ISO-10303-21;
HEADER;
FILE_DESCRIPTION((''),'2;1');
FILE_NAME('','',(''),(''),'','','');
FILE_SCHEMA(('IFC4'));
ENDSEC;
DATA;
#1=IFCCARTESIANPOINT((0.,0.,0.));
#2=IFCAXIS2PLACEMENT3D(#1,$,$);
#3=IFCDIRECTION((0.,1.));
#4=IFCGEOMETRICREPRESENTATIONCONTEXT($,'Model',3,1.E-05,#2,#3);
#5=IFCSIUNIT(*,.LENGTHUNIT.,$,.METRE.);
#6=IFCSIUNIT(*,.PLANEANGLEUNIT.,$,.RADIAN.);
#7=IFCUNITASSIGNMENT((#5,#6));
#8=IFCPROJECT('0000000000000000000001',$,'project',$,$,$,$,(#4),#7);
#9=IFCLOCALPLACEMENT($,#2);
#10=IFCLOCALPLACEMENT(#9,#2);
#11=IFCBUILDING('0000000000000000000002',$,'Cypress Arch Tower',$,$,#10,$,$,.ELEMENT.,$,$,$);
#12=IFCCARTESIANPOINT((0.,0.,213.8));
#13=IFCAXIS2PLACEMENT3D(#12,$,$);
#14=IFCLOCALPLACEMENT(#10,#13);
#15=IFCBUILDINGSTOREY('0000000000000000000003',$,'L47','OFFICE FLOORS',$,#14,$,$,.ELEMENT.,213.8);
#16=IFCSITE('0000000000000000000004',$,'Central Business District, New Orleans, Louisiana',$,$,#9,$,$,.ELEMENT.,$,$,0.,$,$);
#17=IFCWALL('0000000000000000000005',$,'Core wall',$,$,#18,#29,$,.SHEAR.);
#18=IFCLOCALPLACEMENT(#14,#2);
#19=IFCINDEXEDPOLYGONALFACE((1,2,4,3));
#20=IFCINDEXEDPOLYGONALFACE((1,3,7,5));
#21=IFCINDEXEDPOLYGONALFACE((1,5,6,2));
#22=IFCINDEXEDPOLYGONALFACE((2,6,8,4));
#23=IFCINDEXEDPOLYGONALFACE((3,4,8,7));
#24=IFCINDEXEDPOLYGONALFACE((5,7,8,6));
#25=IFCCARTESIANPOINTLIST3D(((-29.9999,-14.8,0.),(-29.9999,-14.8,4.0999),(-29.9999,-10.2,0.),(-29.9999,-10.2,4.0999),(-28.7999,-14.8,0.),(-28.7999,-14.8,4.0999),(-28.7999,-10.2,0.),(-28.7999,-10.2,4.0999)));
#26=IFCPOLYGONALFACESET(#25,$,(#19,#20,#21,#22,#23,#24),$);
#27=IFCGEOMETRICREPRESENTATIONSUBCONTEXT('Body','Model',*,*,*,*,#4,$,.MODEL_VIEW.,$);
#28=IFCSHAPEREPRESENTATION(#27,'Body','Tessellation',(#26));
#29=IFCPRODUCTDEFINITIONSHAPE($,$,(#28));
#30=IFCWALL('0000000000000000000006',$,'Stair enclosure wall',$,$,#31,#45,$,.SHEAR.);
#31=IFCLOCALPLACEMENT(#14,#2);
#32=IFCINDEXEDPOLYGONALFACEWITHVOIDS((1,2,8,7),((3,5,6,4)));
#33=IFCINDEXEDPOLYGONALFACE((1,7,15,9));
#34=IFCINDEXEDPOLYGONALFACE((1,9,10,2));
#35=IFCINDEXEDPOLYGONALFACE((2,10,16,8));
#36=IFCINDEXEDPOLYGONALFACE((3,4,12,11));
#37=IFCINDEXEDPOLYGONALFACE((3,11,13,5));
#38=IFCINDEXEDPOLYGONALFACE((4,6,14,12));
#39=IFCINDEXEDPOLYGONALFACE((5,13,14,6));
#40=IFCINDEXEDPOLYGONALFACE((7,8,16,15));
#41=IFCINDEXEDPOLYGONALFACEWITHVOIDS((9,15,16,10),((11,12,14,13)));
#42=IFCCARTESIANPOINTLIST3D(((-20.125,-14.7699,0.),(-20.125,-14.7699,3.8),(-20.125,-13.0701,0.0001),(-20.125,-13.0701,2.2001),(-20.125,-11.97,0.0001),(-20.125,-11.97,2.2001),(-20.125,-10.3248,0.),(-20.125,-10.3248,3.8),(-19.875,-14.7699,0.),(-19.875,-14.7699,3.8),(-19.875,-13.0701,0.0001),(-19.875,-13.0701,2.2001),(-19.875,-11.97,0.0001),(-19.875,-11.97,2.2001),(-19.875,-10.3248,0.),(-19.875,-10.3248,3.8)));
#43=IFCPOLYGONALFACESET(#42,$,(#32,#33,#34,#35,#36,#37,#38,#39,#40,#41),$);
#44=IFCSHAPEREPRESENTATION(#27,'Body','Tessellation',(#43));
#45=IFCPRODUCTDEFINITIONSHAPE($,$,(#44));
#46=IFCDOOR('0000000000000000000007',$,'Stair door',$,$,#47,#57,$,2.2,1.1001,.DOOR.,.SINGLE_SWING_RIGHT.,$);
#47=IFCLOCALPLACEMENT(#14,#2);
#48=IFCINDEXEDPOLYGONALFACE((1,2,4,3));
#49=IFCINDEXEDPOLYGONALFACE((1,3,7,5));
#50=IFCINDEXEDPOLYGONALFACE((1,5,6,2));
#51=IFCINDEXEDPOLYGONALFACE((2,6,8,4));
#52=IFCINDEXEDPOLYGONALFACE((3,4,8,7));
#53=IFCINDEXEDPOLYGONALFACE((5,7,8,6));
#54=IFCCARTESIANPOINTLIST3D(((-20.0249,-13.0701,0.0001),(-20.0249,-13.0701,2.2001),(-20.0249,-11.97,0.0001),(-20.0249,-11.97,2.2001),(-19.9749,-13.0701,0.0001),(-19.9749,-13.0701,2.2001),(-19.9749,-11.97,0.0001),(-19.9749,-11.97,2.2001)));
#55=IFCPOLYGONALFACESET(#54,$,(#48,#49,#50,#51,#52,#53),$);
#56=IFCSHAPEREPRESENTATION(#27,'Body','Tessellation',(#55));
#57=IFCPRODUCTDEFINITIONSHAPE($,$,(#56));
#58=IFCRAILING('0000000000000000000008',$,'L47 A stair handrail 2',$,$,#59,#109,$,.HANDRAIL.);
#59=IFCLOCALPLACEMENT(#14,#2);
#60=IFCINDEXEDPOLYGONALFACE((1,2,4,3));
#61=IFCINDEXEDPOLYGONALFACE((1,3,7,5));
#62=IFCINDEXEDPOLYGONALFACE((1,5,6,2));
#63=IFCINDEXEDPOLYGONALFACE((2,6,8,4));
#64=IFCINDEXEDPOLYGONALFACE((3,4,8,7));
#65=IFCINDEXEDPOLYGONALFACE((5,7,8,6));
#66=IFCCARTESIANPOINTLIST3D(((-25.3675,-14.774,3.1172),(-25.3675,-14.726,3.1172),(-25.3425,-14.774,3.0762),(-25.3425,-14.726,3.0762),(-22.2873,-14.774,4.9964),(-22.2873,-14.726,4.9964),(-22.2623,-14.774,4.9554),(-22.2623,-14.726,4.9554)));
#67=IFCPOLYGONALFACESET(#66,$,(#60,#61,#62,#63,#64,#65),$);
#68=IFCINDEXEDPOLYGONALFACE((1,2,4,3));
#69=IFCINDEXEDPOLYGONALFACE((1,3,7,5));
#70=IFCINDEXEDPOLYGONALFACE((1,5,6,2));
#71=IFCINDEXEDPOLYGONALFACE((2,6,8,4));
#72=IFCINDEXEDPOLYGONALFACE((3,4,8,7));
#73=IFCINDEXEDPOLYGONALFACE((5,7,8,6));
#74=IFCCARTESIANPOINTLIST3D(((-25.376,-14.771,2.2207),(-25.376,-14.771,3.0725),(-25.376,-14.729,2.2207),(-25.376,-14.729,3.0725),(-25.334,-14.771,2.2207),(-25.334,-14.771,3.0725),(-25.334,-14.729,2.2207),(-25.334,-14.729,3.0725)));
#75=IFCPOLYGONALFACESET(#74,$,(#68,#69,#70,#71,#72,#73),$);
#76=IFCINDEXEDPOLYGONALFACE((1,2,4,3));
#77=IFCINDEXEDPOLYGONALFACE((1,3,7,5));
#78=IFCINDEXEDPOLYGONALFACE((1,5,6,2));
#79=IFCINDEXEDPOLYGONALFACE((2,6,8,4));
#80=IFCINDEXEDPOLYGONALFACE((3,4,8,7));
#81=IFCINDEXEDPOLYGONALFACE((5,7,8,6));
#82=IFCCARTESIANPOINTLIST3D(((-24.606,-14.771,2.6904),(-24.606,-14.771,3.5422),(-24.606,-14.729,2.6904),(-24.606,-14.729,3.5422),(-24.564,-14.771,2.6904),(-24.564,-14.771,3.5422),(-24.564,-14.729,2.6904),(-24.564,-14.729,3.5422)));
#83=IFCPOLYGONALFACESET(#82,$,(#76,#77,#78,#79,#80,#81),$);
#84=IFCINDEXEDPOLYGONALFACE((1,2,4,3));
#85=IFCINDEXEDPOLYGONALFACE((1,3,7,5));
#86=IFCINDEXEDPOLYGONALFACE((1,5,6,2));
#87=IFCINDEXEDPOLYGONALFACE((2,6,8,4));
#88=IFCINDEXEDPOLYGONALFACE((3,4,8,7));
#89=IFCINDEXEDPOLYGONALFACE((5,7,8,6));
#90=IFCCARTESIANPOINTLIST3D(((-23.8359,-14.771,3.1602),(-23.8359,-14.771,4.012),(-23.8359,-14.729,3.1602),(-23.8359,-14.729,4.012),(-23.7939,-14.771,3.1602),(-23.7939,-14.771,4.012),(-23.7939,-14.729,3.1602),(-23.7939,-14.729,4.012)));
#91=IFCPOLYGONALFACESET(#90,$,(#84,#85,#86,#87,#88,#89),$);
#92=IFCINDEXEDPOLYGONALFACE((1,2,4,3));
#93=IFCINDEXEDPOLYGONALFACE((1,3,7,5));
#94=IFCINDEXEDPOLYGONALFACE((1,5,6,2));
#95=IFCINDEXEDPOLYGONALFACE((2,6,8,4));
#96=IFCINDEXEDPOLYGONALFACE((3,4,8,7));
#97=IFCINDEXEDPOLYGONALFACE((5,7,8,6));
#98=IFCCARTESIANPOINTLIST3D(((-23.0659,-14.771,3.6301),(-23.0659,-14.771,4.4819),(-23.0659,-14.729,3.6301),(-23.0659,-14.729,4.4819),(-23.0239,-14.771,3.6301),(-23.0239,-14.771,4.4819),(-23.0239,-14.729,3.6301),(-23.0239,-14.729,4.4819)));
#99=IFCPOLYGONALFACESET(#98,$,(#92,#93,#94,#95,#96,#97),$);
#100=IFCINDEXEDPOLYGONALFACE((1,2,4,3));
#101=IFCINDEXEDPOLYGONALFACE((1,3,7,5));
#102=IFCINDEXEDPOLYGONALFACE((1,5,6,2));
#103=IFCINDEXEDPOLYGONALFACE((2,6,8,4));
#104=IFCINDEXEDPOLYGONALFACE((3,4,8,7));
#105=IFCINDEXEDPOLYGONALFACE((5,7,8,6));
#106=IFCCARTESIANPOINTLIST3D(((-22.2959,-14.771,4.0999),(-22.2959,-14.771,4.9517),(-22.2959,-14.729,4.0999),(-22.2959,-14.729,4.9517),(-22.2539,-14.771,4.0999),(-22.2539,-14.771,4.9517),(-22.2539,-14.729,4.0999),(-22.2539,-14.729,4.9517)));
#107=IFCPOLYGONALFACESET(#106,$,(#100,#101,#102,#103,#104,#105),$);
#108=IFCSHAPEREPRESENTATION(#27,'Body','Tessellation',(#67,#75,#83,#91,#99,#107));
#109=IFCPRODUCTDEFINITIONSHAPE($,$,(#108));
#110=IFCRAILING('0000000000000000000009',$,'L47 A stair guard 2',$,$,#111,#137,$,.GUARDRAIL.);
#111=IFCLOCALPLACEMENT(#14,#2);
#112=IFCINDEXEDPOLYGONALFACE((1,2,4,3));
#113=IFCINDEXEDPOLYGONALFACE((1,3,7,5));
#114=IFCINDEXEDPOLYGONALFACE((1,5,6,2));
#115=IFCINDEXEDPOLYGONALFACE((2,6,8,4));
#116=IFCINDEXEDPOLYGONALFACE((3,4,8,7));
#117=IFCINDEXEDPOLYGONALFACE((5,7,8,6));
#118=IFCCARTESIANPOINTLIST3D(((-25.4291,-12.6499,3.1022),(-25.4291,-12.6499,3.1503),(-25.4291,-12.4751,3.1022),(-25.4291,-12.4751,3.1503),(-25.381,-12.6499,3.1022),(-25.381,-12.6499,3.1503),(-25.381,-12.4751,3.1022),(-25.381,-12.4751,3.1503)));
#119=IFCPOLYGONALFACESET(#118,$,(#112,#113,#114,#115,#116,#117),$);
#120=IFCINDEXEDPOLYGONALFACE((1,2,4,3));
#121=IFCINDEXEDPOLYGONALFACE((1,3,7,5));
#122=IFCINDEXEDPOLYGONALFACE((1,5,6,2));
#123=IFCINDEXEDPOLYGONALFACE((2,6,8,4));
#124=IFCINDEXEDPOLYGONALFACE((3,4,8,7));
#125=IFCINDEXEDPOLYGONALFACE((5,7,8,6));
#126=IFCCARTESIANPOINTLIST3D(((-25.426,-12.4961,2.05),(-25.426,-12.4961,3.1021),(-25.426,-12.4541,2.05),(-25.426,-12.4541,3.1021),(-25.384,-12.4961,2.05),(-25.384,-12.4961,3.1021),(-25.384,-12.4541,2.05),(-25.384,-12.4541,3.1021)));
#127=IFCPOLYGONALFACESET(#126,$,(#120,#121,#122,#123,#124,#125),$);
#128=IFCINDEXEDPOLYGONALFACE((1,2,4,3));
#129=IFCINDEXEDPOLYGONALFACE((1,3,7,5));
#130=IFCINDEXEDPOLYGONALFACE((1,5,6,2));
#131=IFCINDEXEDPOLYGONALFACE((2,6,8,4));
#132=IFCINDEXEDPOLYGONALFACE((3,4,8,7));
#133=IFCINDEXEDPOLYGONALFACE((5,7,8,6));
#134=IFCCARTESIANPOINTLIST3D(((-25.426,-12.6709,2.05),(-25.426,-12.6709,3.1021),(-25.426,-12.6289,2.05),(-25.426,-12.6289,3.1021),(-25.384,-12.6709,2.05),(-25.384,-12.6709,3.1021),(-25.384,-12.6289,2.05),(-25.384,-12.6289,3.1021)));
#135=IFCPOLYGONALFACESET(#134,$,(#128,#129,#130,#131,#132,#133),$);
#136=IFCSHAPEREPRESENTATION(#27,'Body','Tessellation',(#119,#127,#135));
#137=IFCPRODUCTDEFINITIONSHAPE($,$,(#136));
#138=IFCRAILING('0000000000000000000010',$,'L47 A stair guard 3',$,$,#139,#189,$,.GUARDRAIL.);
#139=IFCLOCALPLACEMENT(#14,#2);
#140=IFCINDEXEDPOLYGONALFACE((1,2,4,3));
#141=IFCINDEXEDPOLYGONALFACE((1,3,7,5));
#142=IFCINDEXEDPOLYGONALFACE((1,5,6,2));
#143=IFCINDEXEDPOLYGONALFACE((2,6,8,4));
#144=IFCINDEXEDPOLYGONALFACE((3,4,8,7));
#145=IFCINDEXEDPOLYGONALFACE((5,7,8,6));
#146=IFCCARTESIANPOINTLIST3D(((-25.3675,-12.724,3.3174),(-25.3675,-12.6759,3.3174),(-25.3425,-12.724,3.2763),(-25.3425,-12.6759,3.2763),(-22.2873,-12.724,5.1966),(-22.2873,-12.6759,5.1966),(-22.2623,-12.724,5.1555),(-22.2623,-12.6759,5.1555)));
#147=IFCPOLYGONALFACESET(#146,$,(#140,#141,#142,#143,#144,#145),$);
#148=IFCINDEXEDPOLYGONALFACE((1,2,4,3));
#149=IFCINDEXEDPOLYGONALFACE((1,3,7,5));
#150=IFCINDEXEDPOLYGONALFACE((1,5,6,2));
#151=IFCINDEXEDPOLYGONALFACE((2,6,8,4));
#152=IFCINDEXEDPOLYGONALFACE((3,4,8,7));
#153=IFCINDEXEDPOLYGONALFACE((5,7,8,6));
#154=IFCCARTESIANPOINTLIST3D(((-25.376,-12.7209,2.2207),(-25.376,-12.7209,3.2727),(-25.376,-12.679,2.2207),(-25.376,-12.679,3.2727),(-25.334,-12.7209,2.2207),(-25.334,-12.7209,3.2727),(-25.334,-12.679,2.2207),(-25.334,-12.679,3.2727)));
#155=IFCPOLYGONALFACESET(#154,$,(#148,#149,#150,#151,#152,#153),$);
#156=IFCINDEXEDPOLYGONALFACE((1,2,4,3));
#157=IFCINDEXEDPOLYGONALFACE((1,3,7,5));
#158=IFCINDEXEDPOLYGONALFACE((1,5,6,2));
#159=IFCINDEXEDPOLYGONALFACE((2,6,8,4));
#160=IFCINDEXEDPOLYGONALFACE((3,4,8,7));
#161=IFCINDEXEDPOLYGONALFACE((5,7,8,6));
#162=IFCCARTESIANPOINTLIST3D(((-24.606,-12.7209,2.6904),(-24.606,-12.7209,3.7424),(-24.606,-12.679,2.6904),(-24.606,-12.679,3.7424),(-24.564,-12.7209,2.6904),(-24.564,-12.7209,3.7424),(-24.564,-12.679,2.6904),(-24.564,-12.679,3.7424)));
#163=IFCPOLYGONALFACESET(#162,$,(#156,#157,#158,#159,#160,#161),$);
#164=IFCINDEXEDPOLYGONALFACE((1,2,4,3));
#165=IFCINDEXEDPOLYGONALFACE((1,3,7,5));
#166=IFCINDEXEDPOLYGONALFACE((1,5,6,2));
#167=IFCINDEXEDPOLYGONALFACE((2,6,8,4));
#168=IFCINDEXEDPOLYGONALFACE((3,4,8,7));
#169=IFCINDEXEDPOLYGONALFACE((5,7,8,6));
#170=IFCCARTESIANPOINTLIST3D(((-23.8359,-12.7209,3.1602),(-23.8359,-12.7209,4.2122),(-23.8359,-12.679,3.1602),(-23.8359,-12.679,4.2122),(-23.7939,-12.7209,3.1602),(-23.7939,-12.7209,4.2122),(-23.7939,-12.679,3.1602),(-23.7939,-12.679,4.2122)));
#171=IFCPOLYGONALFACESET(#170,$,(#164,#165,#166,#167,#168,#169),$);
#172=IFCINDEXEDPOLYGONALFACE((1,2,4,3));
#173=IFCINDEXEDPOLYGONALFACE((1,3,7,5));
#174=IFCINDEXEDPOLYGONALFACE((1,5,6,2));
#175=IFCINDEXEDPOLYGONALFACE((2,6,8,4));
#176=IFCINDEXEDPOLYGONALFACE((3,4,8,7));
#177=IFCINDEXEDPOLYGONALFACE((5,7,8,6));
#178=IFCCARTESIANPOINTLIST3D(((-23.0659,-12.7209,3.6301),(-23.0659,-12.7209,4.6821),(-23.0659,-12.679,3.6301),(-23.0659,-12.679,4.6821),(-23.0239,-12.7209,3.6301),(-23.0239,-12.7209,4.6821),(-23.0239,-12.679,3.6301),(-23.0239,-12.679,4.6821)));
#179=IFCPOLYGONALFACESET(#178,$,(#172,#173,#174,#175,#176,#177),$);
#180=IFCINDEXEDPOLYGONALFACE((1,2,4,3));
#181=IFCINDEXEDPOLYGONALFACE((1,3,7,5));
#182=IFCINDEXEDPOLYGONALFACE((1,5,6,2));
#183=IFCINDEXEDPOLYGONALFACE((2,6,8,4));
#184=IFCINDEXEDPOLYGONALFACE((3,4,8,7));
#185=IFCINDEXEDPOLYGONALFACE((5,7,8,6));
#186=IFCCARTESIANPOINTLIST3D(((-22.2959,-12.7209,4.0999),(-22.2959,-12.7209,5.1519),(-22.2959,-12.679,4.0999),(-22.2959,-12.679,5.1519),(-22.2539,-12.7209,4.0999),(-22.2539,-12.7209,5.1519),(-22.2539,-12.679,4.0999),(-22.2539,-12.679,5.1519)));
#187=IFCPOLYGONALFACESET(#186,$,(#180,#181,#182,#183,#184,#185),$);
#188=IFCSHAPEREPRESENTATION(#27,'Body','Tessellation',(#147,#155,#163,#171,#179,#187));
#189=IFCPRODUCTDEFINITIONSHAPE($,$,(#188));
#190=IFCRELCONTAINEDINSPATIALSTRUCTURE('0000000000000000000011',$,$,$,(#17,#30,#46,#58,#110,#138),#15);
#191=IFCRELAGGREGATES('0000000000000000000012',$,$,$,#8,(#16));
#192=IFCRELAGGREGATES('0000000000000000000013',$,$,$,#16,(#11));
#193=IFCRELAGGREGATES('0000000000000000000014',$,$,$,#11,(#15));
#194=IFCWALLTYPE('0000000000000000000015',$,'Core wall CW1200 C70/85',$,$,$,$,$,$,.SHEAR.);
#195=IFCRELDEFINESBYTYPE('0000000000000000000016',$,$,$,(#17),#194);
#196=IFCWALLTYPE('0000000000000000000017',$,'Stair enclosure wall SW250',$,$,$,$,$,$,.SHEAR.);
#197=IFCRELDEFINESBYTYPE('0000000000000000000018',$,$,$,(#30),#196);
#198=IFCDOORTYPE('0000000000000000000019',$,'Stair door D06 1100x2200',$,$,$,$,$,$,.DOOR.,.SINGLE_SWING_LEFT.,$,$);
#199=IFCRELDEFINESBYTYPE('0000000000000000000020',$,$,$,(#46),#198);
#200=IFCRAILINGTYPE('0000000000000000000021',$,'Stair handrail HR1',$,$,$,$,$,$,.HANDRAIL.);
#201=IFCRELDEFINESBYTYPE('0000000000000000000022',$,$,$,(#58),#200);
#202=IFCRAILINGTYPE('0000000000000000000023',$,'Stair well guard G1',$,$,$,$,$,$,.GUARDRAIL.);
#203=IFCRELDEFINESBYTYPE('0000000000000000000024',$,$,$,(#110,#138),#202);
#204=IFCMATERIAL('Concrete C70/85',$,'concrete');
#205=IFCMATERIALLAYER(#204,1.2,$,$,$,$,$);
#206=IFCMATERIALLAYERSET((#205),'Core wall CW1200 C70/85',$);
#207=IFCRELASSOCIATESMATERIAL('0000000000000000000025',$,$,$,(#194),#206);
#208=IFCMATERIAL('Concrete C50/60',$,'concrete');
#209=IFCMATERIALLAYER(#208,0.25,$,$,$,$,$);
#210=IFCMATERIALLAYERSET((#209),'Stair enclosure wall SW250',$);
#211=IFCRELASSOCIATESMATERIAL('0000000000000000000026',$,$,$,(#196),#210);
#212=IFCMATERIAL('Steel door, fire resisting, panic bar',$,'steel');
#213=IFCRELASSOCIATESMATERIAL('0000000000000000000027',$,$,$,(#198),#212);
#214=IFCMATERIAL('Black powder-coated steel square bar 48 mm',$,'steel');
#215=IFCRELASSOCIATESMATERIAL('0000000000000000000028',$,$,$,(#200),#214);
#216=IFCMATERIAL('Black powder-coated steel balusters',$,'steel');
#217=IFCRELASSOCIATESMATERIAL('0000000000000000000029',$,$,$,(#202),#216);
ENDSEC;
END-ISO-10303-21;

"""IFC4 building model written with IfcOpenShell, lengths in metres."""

from ifc_helpers import new_model, si_unit, direction, frame, frame_2d, origin, origin_2d, place, context, subcontext, project, spatial, rectangle, extrude, material, layer, layer_set, type_object, element, fill, save


model = new_model("IFC4")

# Units and contexts
model_context = context("Model", 3, precision=1e-05, world=origin(), true_north=direction((0.0, 1.0)))
body_context = subcontext(model_context, "Body", "Model", "MODEL_VIEW")
ifc_project = project(units=[si_unit("LENGTHUNIT", "METRE"), si_unit("PLANEANGLEUNIT", "RADIAN")], contexts=[model_context])

# Site, building, storey
site_placement = place(None, origin())
site = spatial("IfcSite", under=ifc_project, at=site_placement, Name="Central Business District, New Orleans, Louisiana", CompositionType="ELEMENT", RefElevation=0.0)
building_placement = place(site_placement, origin())
building = spatial("IfcBuilding", under=site, at=building_placement, Name="Cypress Arch Tower", CompositionType="ELEMENT")
storey_placement = place(building_placement, frame((0.0, 0.0, 213.8)))
storey = spatial("IfcBuildingStorey", under=building, at=storey_placement, Name="L47", Description="OFFICE FLOORS", CompositionType="ELEMENT", Elevation=213.8)

# Wall
ifc_material_1 = material(Name="Concrete C70/85", Category="concrete")
ifc_layer_1 = layer(ifc_material_1, 1.2)
ifc_layer_set_1 = layer_set([ifc_layer_1], Name="Core wall CW1200 C70/85")
wall_type_1 = type_object("IfcWallType", Name="Core wall CW1200 C70/85", PredefinedType="SHEAR", material=ifc_layer_set_1)
wall_1_placement = place(storey_placement, frame((-29.3999, -14.8, 0.0), z_axis=(0.0, 0.0, 1.0), x_axis=(0.0, 1.0, 0.0)))
element("IfcWall", 1, at=wall_1_placement, inside=storey, type_object=wall_type_1, Name="Core wall", PredefinedType="SHEAR", context=body_context, shape_type="SweptSolid", body=[
    extrude(rectangle(XDim=4.6001, YDim=1.2, at=frame_2d((2.3, 0.0))), origin(), (0.0, 0.0, 1.0), 4.0999),
])

# Wall, opening, door
ifc_material_2 = material(Name="Concrete C50/60", Category="concrete")
ifc_layer_2 = layer(ifc_material_2, 0.25)
ifc_layer_set_2 = layer_set([ifc_layer_2], Name="Stair enclosure wall SW250")
wall_type_2 = type_object("IfcWallType", Name="Stair enclosure wall SW250", PredefinedType="SHEAR", material=ifc_layer_set_2)
wall_2_placement = place(storey_placement, frame((-20.0, -14.77, 0.0), z_axis=(0.0, 0.0, 1.0), x_axis=(0.0, 1.0, 0.0)))
wall_2 = element("IfcWall", 2, at=wall_2_placement, inside=storey, type_object=wall_type_2, Name="Stair enclosure wall", PredefinedType="SHEAR", context=body_context, shape_type="SweptSolid", body=[
    extrude(rectangle(XDim=4.4451, YDim=0.25, at=frame_2d((2.2227, 0.0))), origin(), (0.0, 0.0, 1.0), 3.8),
])
opening_1_placement = place(wall_2_placement, frame((1.7, 0.0, 0.0)))
opening_1 = element("IfcOpeningElement", 3, at=opening_1_placement, cuts=wall_2, PredefinedType="OPENING", context=body_context, shape_type="SweptSolid", body=[
    extrude(rectangle(XDim=1.1001, YDim=2.2, at=frame_2d((0.55, 1.1001))), frame((0.0, 0.135, 0.0), z_axis=(0.0, -1.0, 0.0), x_axis=(1.0, 0.0, 0.0)), (0.0, 0.0, 1.0), 0.27),
])
ifc_material_3 = material(Name="Steel door, fire resisting, panic bar", Category="steel")
door_type = type_object("IfcDoorType", Name="Stair door D06 1100x2200", OperationType="SINGLE_SWING_LEFT", PredefinedType="DOOR", material=ifc_material_3)
door_placement = place(opening_1_placement, origin())
door = element("IfcDoor", 4, at=door_placement, inside=storey, type_object=door_type, Name="Stair door", OperationType="SINGLE_SWING_RIGHT", OverallHeight=2.2, OverallWidth=1.1001, PredefinedType="DOOR", context=body_context, shape_type="SweptSolid", body=[
    extrude(rectangle(XDim=1.1001, YDim=2.2, at=frame_2d((0.55, 1.1001))), frame((0.0, 0.0249, 0.0), z_axis=(0.0, -1.0, 0.0), x_axis=(1.0, 0.0, 0.0)), (0.0, 0.0, 1.0), 0.05),
])
fill(opening_1, door)

# Railings
ifc_material_4 = material(Name="Black powder-coated steel square bar 48 mm", Category="steel")
railing_type_1 = type_object("IfcRailingType", Name="Stair handrail HR1", PredefinedType="HANDRAIL", material=ifc_material_4)
railing_1_placement = place(storey_placement, frame((-25.355, -14.75, 2.2207)))
element("IfcRailing", 5, at=railing_1_placement, inside=storey, type_object=railing_type_1, Name="L47 A stair handrail 2", PredefinedType="HANDRAIL", context=body_context, shape_type="SweptSolid", body=[
    extrude(rectangle(XDim=0.0481, YDim=0.0481, at=origin_2d()), frame((0.0, 0.0, 0.876), z_axis=(0.853666, 0.0, 0.52082), x_axis=(0.0, 1.0, 0.0)), (0.0, 0.0, 1.0), 3.6082),
    extrude(rectangle(XDim=0.042, YDim=0.042, at=origin_2d()), origin(), (0.0, 0.0, 1.0), 0.8518),
    extrude(rectangle(XDim=0.042, YDim=0.042, at=origin_2d()), frame((0.77, 0.0, 0.4697)), (0.0, 0.0, 1.0), 0.8518),
    extrude(rectangle(XDim=0.042, YDim=0.042, at=origin_2d()), frame((1.54, 0.0, 0.9395)), (0.0, 0.0, 1.0), 0.8518),
    extrude(rectangle(XDim=0.042, YDim=0.042, at=origin_2d()), frame((2.3101, 0.0, 1.4094)), (0.0, 0.0, 1.0), 0.8518),
    extrude(rectangle(XDim=0.042, YDim=0.042, at=origin_2d()), frame((3.0801, 0.0, 1.8792)), (0.0, 0.0, 1.0), 0.8518),
])
ifc_material_5 = material(Name="Black powder-coated steel balusters", Category="steel")
railing_type_2 = type_object("IfcRailingType", Name="Stair well guard G1", PredefinedType="GUARDRAIL", material=ifc_material_5)
railing_2_placement = place(storey_placement, frame((-25.405, -12.4751, 2.05)))
element("IfcRailing", 6, at=railing_2_placement, inside=storey, type_object=railing_type_2, Name="L47 A stair guard 2", PredefinedType="GUARDRAIL", context=body_context, shape_type="SweptSolid", body=[
    extrude(rectangle(XDim=0.0481, YDim=0.0481, at=origin_2d()), frame((0.0, 0.0, 1.0762), z_axis=(0.0, -1.0, 0.0), x_axis=(1.0, 0.0, 0.0)), (0.0, 0.0, 1.0), 0.1748),
    extrude(rectangle(XDim=0.042, YDim=0.042, at=origin_2d()), origin(), (0.0, 0.0, 1.0), 1.052),
    extrude(rectangle(XDim=0.042, YDim=0.042, at=origin_2d()), frame((0.0, -0.1748, 0.0)), (0.0, 0.0, 1.0), 1.052),
])
railing_3_placement = place(storey_placement, frame((-25.355, -12.7, 2.2207)))
element("IfcRailing", 7, at=railing_3_placement, inside=storey, type_object=railing_type_2, Name="L47 A stair guard 3", PredefinedType="GUARDRAIL", context=body_context, shape_type="SweptSolid", body=[
    extrude(rectangle(XDim=0.0481, YDim=0.0481, at=origin_2d()), frame((0.0, 0.0, 1.0762), z_axis=(0.853666, 0.0, 0.52082), x_axis=(0.0, 1.0, 0.0)), (0.0, 0.0, 1.0), 3.6082),
    extrude(rectangle(XDim=0.042, YDim=0.042, at=origin_2d()), origin(), (0.0, 0.0, 1.0), 1.052),
    extrude(rectangle(XDim=0.042, YDim=0.042, at=origin_2d()), frame((0.77, 0.0, 0.4697)), (0.0, 0.0, 1.0), 1.052),
    extrude(rectangle(XDim=0.042, YDim=0.042, at=origin_2d()), frame((1.54, 0.0, 0.9395)), (0.0, 0.0, 1.0), 1.052),
    extrude(rectangle(XDim=0.042, YDim=0.042, at=origin_2d()), frame((2.3101, 0.0, 1.4094)), (0.0, 0.0, 1.0), 1.052),
    extrude(rectangle(XDim=0.042, YDim=0.042, at=origin_2d()), frame((3.0801, 0.0, 1.8792)), (0.0, 0.0, 1.0), 1.052),
])

save(model, "model.ifc")
